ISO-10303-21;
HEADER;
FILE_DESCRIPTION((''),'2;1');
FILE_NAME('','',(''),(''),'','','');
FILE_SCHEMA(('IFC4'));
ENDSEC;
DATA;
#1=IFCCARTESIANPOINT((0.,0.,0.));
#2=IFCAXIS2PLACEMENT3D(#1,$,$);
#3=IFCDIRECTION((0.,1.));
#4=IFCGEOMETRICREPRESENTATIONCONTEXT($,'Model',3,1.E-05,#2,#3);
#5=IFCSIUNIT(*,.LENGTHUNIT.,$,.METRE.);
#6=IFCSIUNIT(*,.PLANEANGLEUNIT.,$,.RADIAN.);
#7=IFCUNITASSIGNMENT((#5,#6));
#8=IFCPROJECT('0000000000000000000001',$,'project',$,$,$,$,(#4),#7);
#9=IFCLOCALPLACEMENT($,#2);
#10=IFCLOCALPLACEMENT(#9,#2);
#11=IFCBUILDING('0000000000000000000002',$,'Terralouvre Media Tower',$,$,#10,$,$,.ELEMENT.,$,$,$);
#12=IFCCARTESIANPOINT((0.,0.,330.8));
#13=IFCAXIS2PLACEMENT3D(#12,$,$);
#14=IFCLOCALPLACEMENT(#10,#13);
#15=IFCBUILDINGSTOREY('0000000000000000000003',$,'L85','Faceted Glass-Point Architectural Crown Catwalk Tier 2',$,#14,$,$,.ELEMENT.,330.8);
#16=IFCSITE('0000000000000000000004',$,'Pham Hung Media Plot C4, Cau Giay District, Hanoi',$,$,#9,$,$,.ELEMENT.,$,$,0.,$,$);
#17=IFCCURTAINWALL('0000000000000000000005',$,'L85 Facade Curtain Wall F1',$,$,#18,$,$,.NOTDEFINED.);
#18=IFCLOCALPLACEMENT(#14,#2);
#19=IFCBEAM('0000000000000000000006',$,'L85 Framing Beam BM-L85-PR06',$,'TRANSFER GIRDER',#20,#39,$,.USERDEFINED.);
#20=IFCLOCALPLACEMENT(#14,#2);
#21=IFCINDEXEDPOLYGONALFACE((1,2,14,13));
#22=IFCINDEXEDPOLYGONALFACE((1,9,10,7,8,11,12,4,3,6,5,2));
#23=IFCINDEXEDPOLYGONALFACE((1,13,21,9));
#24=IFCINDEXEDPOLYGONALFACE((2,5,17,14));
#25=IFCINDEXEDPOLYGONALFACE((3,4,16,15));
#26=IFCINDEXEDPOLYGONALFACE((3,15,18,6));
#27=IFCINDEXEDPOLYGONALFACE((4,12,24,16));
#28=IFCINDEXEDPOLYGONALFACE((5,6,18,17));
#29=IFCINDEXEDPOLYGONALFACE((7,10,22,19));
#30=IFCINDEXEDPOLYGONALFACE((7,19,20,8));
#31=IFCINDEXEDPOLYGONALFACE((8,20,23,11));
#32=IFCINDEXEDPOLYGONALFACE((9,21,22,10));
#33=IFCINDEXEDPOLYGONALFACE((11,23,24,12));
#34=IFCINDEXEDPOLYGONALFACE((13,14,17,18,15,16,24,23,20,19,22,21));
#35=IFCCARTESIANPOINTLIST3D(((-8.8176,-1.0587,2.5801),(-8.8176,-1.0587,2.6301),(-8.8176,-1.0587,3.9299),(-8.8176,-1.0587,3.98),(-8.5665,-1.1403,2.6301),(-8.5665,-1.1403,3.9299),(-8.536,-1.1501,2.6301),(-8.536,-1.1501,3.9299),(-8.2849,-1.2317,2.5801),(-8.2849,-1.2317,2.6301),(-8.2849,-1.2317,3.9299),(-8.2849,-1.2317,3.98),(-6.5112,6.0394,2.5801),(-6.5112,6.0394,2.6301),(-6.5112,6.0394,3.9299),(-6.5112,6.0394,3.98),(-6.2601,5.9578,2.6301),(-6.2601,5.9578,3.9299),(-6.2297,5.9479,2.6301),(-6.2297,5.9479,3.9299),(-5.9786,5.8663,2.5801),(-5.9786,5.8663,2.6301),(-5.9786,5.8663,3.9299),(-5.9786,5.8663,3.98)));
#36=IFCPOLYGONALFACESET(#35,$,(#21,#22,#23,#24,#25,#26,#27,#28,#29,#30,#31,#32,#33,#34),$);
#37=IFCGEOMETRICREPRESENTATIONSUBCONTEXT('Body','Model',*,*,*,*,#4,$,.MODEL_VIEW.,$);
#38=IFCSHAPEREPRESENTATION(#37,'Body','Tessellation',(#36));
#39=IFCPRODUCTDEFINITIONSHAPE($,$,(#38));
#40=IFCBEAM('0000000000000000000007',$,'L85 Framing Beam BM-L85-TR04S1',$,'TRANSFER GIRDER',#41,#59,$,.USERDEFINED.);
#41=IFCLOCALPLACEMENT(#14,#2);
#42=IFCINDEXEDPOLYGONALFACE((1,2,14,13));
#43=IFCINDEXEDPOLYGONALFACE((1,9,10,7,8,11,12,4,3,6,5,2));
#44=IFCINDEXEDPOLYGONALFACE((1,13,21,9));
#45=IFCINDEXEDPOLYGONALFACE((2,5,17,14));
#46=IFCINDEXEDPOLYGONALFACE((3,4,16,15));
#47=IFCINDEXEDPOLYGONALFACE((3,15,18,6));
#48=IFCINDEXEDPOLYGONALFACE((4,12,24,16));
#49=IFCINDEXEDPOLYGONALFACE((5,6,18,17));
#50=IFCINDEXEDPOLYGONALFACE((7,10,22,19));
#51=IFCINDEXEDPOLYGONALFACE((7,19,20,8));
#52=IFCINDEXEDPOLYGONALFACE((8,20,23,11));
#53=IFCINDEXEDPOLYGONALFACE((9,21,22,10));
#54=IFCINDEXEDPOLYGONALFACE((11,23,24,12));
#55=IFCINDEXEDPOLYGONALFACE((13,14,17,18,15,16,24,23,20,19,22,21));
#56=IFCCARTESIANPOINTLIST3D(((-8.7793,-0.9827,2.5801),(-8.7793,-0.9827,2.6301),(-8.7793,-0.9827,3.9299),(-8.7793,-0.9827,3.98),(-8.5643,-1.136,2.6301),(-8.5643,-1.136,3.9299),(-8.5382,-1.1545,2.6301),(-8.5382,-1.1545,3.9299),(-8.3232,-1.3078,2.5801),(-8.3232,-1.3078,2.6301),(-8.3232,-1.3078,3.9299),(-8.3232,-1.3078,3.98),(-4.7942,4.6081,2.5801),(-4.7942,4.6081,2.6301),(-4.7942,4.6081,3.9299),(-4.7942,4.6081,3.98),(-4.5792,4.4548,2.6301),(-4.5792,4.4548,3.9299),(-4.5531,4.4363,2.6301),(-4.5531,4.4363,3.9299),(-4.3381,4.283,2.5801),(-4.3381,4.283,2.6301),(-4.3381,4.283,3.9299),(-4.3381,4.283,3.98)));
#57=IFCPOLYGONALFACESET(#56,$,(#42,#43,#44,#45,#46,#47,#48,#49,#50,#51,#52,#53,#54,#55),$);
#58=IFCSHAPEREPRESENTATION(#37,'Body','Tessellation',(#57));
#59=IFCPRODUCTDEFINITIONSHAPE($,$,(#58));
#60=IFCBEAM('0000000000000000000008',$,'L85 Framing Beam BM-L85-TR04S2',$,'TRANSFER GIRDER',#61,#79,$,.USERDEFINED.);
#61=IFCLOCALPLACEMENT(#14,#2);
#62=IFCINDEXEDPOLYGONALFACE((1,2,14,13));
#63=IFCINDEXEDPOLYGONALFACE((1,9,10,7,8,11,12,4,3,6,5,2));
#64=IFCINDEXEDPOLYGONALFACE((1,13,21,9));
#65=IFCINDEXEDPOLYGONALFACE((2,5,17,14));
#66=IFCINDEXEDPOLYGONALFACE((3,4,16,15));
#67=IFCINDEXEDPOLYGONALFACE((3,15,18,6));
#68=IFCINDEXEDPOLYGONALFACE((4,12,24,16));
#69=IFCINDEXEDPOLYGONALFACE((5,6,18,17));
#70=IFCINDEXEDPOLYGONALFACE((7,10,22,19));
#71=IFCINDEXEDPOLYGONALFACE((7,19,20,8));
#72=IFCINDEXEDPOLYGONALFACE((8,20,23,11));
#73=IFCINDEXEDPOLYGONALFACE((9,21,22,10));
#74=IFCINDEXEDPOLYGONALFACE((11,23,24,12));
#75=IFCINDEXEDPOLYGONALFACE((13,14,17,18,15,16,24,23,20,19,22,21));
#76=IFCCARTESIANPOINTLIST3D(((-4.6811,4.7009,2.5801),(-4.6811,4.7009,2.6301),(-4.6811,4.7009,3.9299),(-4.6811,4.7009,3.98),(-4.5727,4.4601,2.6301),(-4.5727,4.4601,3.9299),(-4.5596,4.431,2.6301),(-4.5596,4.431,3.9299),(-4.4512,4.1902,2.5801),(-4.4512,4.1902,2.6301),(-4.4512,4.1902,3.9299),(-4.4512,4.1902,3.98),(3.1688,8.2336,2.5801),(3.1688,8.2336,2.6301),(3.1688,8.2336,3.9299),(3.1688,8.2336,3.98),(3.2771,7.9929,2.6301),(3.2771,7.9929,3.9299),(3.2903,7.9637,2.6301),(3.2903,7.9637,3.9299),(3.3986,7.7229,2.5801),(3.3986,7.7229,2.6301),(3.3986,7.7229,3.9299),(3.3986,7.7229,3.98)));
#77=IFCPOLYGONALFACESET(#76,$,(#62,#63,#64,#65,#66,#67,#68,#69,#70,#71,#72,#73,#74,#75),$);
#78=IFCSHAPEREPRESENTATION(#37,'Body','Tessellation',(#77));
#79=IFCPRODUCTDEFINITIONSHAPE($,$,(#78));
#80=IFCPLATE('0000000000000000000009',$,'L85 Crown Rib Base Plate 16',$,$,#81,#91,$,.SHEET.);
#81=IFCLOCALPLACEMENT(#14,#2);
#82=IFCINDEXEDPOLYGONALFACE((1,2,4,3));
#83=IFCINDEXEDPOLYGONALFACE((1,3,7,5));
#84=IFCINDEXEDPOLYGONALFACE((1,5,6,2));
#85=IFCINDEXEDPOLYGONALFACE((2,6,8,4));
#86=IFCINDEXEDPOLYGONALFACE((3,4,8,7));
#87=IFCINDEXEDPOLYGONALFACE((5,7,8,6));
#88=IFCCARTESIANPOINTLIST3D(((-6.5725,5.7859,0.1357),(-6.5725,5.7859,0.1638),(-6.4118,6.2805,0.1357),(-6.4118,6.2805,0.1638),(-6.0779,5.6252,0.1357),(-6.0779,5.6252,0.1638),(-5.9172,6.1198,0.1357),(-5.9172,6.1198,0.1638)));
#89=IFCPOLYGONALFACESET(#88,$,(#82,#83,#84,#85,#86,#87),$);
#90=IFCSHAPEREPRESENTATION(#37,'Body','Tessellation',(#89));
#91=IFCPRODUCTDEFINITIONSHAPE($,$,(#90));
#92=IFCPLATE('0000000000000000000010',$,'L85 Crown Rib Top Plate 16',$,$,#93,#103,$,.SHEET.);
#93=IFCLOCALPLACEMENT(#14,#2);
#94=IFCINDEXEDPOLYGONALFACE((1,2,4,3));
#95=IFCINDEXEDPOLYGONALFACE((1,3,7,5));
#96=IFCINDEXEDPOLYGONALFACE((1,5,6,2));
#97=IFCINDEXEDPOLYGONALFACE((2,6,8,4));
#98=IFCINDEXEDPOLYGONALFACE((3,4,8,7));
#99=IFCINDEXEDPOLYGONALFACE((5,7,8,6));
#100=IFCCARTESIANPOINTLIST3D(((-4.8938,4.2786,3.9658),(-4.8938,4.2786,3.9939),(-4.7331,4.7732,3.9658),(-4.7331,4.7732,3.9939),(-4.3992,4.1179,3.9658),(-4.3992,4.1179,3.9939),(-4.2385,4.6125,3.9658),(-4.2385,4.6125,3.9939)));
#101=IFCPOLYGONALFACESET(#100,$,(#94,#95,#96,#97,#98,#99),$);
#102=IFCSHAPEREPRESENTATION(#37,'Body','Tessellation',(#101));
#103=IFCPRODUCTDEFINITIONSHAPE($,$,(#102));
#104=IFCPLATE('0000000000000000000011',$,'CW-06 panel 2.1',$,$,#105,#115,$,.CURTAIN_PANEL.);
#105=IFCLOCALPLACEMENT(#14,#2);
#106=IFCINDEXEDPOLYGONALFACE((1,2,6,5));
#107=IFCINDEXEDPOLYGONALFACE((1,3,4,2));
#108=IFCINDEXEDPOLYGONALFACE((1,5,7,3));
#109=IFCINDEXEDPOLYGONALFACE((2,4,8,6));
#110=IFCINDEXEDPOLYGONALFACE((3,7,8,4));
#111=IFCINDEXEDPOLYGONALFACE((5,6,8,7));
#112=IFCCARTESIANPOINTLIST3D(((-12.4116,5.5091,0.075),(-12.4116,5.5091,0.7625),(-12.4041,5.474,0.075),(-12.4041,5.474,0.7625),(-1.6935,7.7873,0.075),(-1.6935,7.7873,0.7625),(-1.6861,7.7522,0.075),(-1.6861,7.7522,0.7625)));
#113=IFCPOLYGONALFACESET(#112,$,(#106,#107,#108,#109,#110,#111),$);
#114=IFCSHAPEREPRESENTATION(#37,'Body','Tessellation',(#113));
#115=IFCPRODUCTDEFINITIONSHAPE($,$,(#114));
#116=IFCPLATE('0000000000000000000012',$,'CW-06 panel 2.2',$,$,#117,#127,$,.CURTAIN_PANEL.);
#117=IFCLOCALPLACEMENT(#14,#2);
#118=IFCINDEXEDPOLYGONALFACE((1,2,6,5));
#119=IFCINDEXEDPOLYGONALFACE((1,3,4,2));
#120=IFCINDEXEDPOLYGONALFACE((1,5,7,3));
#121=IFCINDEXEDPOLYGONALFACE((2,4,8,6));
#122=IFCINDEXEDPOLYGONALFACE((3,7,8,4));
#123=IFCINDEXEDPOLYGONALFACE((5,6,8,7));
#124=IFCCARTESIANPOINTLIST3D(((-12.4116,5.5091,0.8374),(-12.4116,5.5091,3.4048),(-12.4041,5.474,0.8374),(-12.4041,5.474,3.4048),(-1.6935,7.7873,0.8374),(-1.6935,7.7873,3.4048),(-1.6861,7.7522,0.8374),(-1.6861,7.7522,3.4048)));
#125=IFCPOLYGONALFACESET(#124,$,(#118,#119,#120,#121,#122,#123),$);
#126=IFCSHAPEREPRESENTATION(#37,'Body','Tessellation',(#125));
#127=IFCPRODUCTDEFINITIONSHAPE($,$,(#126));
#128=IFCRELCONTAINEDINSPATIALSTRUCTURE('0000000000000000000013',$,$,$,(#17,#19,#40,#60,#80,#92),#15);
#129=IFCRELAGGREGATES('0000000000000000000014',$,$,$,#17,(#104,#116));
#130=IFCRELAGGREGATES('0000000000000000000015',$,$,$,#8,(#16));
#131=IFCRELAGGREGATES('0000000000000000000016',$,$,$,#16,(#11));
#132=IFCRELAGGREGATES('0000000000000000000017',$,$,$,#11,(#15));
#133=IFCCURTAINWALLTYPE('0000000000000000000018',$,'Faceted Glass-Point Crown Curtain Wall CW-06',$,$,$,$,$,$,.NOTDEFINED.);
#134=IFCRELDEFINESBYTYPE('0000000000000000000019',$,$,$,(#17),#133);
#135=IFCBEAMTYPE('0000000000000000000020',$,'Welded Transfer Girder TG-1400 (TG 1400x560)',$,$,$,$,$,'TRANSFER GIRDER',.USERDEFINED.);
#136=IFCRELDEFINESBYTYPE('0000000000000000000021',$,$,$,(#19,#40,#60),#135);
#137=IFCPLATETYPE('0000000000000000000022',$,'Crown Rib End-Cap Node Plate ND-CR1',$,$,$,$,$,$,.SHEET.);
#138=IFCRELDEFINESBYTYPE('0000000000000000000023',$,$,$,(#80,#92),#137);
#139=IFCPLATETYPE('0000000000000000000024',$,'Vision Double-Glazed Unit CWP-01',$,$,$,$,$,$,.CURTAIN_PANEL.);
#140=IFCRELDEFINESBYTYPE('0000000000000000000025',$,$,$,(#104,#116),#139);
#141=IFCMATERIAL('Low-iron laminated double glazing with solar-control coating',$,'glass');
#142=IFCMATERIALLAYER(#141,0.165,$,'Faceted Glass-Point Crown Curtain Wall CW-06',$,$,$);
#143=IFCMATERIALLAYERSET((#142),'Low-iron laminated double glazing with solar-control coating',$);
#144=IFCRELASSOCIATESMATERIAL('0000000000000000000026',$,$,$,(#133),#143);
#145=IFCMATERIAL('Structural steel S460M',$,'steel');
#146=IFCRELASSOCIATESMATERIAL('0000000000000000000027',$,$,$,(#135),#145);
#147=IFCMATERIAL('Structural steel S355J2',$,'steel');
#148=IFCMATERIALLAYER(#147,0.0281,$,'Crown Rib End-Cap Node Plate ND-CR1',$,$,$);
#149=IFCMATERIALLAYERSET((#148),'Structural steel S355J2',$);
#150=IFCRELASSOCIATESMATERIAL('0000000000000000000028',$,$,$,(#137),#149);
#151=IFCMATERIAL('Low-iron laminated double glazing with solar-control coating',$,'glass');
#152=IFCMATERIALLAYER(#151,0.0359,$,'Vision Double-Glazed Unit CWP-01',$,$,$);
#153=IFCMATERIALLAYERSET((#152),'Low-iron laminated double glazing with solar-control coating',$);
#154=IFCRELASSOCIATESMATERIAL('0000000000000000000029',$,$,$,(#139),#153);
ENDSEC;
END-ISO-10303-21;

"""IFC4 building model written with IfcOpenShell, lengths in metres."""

from ifc_helpers import new_model, si_unit, direction, frame, origin, origin_2d, place, context, subcontext, project, spatial, rectangle, i_section, extrude, material, layer, layer_set, material_profile, profile_set, type_object, element, aggregate, save


model = new_model("IFC4")

# Units and contexts
model_context = context("Model", 3, precision=1e-05, world=origin(), true_north=direction((0.0, 1.0)))
body_context = subcontext(model_context, "Body", "Model", "MODEL_VIEW")
ifc_project = project(units=[si_unit("LENGTHUNIT", "METRE"), si_unit("PLANEANGLEUNIT", "RADIAN")], contexts=[model_context])

# Site, building, storey
site_placement = place(None, origin())
site = spatial("IfcSite", under=ifc_project, at=site_placement, Name="Pham Hung Media Plot C4, Cau Giay District, Hanoi", CompositionType="ELEMENT", RefElevation=0.0)
building_placement = place(site_placement, origin())
building = spatial("IfcBuilding", under=site, at=building_placement, Name="Terralouvre Media Tower", CompositionType="ELEMENT")
storey_placement = place(building_placement, frame((0.0, 0.0, 330.8)))
storey = spatial("IfcBuildingStorey", under=building, at=storey_placement, Name="L85", Description="Faceted Glass-Point Architectural Crown Catwalk Tier 2", CompositionType="ELEMENT", Elevation=330.8)

# Shared definitions
ifc_material_1 = material(Name="Low-iron laminated double glazing with solar-control coating", Category="glass")
ifc_layer_1 = layer(ifc_material_1, 0.165, Name="Faceted Glass-Point Crown Curtain Wall CW-06")
ifc_layer_set_1 = layer_set([ifc_layer_1], Name="Low-iron laminated double glazing with solar-control coating")
curtain_wall_type = type_object("IfcCurtainWallType", Name="Faceted Glass-Point Crown Curtain Wall CW-06", PredefinedType="NOTDEFINED", material=ifc_layer_set_1)

# Curtain wall
curtain_wall_1_placement = place(storey_placement, origin())
curtain_wall_1 = element("IfcCurtainWall", 1, at=curtain_wall_1_placement, inside=storey, type_object=curtain_wall_type, Name="L85 Facade Curtain Wall F1", PredefinedType="NOTDEFINED")

# Beams
ifc_material_2 = material(Name="Structural steel S460M", Category="steel")
ifc_material_profile_1 = material_profile(ifc_material_2, i_section(OverallWidth=0.5601, OverallDepth=1.3999, WebThickness=0.032, FlangeThickness=0.05, at=origin_2d()), Name="TG 1400x560")
ifc_profile_set_1 = profile_set([ifc_material_profile_1], Name="Structural steel S460M")
beam_type = type_object("IfcBeamType", Name="Welded Transfer Girder TG-1400 (TG 1400x560)", ElementType="TRANSFER GIRDER", PredefinedType="USERDEFINED", material=ifc_profile_set_1)
beam_1_placement = place(storey_placement, frame((-6.2449, 5.9529, 3.28), z_axis=(-0.309025, -0.951054, 0.0), x_axis=(0.951054, -0.309025, 0.0)))
element("IfcBeam", 2, at=beam_1_placement, inside=storey, type_object=beam_type, Name="L85 Framing Beam BM-L85-PR06", ObjectType="TRANSFER GIRDER", PredefinedType="USERDEFINED", context=body_context, shape_type="SweptSolid", body=[
    extrude(i_section(OverallWidth=0.5601, OverallDepth=1.3999, WebThickness=0.032, FlangeThickness=0.05, at=origin_2d()), origin(), (0.0, 0.0, 1.0), 7.4634),
])
beam_2_placement = place(storey_placement, frame((-4.5662, 4.4456, 3.28), z_axis=(-0.580434, -0.814307, 0.0), x_axis=(0.814307, -0.580434, 0.0)))
element("IfcBeam", 3, at=beam_2_placement, inside=storey, type_object=beam_type, Name="L85 Framing Beam BM-L85-TR04S1", ObjectType="TRANSFER GIRDER", PredefinedType="USERDEFINED", context=body_context, shape_type="SweptSolid", body=[
    extrude(i_section(OverallWidth=0.5601, OverallDepth=1.3999, WebThickness=0.032, FlangeThickness=0.05, at=origin_2d()), origin(), (0.0, 0.0, 1.0), 6.8657),
])
beam_3_placement = place(storey_placement, frame((-4.5662, 4.4456, 3.28), z_axis=(0.911909, 0.410392, 0.0), x_axis=(-0.410392, 0.911909, 0.0)))
element("IfcBeam", 4, at=beam_3_placement, inside=storey, type_object=beam_type, Name="L85 Framing Beam BM-L85-TR04S2", ObjectType="TRANSFER GIRDER", PredefinedType="USERDEFINED", context=body_context, shape_type="SweptSolid", body=[
    extrude(i_section(OverallWidth=0.5601, OverallDepth=1.3999, WebThickness=0.032, FlangeThickness=0.05, at=origin_2d()), origin(), (0.0, 0.0, 1.0), 8.6082),
])

# Plates
ifc_material_3 = material(Name="Structural steel S355J2", Category="steel")
ifc_layer_2 = layer(ifc_material_3, 0.0281, Name="Crown Rib End-Cap Node Plate ND-CR1")
ifc_layer_set_2 = layer_set([ifc_layer_2], Name="Structural steel S355J2")
plate_type_1 = type_object("IfcPlateType", Name="Crown Rib End-Cap Node Plate ND-CR1", PredefinedType="SHEET", material=ifc_layer_set_2)
for number, where, z_axis, x_axis, name in (
    (5, (-6.2449, 5.9529, 0.1357), (0.0, 0.0, 1.0), (0.309017, 0.951057, 0.0), "L85 Crown Rib Base Plate 16"),
    (6, (-4.5662, 4.4456, 3.9658), (0.0, 0.0, 1.0), (0.309017, 0.951057, 0.0), "L85 Crown Rib Top Plate 16"),
):
    element("IfcPlate", number, at=place(storey_placement, frame(where, z_axis=z_axis, x_axis=x_axis)), inside=storey, type_object=plate_type_1, Name=name, PredefinedType="SHEET", context=body_context, shape_type="SweptSolid", body=[
        extrude(rectangle(XDim=0.52, YDim=0.52, at=origin_2d()), origin(), (0.0, 0.0, 1.0), 0.0281),
    ])

# Plates
ifc_material_4 = material(Name="Low-iron laminated double glazing with solar-control coating", Category="glass")
ifc_layer_3 = layer(ifc_material_4, 0.0359, Name="Vision Double-Glazed Unit CWP-01")
ifc_layer_set_3 = layer_set([ifc_layer_3], Name="Low-iron laminated double glazing with solar-control coating")
plate_type_2 = type_object("IfcPlateType", Name="Vision Double-Glazed Unit CWP-01", PredefinedType="CURTAIN_PANEL", material=ifc_layer_set_3)
plate_1_placement = place(storey_placement, frame((-7.0488, 6.6306, 0.075), z_axis=(0.0, 0.0, 1.0), x_axis=(-0.978148, -0.207912, 0.0)))
plate_1 = element("IfcPlate", 7, at=plate_1_placement, type_object=plate_type_2, Name="CW-06 panel 2.1", PredefinedType="CURTAIN_PANEL", context=body_context, shape_type="SweptSolid", body=[
    extrude(rectangle(XDim=10.9575, YDim=0.0359, at=origin_2d()), origin(), (0.0, 0.0, 1.0), 0.6875),
])
plate_2_placement = place(storey_placement, frame((-7.0488, 6.6306, 0.8374), z_axis=(0.0, 0.0, 1.0), x_axis=(-0.978148, -0.207912, 0.0)))
plate_2 = element("IfcPlate", 8, at=plate_2_placement, type_object=plate_type_2, Name="CW-06 panel 2.2", PredefinedType="CURTAIN_PANEL", context=body_context, shape_type="SweptSolid", body=[
    extrude(rectangle(XDim=10.9575, YDim=0.0359, at=origin_2d()), origin(), (0.0, 0.0, 1.0), 2.5674),
])
aggregate(curtain_wall_1, [plate_1, plate_2])

save(model, "model.ifc")
